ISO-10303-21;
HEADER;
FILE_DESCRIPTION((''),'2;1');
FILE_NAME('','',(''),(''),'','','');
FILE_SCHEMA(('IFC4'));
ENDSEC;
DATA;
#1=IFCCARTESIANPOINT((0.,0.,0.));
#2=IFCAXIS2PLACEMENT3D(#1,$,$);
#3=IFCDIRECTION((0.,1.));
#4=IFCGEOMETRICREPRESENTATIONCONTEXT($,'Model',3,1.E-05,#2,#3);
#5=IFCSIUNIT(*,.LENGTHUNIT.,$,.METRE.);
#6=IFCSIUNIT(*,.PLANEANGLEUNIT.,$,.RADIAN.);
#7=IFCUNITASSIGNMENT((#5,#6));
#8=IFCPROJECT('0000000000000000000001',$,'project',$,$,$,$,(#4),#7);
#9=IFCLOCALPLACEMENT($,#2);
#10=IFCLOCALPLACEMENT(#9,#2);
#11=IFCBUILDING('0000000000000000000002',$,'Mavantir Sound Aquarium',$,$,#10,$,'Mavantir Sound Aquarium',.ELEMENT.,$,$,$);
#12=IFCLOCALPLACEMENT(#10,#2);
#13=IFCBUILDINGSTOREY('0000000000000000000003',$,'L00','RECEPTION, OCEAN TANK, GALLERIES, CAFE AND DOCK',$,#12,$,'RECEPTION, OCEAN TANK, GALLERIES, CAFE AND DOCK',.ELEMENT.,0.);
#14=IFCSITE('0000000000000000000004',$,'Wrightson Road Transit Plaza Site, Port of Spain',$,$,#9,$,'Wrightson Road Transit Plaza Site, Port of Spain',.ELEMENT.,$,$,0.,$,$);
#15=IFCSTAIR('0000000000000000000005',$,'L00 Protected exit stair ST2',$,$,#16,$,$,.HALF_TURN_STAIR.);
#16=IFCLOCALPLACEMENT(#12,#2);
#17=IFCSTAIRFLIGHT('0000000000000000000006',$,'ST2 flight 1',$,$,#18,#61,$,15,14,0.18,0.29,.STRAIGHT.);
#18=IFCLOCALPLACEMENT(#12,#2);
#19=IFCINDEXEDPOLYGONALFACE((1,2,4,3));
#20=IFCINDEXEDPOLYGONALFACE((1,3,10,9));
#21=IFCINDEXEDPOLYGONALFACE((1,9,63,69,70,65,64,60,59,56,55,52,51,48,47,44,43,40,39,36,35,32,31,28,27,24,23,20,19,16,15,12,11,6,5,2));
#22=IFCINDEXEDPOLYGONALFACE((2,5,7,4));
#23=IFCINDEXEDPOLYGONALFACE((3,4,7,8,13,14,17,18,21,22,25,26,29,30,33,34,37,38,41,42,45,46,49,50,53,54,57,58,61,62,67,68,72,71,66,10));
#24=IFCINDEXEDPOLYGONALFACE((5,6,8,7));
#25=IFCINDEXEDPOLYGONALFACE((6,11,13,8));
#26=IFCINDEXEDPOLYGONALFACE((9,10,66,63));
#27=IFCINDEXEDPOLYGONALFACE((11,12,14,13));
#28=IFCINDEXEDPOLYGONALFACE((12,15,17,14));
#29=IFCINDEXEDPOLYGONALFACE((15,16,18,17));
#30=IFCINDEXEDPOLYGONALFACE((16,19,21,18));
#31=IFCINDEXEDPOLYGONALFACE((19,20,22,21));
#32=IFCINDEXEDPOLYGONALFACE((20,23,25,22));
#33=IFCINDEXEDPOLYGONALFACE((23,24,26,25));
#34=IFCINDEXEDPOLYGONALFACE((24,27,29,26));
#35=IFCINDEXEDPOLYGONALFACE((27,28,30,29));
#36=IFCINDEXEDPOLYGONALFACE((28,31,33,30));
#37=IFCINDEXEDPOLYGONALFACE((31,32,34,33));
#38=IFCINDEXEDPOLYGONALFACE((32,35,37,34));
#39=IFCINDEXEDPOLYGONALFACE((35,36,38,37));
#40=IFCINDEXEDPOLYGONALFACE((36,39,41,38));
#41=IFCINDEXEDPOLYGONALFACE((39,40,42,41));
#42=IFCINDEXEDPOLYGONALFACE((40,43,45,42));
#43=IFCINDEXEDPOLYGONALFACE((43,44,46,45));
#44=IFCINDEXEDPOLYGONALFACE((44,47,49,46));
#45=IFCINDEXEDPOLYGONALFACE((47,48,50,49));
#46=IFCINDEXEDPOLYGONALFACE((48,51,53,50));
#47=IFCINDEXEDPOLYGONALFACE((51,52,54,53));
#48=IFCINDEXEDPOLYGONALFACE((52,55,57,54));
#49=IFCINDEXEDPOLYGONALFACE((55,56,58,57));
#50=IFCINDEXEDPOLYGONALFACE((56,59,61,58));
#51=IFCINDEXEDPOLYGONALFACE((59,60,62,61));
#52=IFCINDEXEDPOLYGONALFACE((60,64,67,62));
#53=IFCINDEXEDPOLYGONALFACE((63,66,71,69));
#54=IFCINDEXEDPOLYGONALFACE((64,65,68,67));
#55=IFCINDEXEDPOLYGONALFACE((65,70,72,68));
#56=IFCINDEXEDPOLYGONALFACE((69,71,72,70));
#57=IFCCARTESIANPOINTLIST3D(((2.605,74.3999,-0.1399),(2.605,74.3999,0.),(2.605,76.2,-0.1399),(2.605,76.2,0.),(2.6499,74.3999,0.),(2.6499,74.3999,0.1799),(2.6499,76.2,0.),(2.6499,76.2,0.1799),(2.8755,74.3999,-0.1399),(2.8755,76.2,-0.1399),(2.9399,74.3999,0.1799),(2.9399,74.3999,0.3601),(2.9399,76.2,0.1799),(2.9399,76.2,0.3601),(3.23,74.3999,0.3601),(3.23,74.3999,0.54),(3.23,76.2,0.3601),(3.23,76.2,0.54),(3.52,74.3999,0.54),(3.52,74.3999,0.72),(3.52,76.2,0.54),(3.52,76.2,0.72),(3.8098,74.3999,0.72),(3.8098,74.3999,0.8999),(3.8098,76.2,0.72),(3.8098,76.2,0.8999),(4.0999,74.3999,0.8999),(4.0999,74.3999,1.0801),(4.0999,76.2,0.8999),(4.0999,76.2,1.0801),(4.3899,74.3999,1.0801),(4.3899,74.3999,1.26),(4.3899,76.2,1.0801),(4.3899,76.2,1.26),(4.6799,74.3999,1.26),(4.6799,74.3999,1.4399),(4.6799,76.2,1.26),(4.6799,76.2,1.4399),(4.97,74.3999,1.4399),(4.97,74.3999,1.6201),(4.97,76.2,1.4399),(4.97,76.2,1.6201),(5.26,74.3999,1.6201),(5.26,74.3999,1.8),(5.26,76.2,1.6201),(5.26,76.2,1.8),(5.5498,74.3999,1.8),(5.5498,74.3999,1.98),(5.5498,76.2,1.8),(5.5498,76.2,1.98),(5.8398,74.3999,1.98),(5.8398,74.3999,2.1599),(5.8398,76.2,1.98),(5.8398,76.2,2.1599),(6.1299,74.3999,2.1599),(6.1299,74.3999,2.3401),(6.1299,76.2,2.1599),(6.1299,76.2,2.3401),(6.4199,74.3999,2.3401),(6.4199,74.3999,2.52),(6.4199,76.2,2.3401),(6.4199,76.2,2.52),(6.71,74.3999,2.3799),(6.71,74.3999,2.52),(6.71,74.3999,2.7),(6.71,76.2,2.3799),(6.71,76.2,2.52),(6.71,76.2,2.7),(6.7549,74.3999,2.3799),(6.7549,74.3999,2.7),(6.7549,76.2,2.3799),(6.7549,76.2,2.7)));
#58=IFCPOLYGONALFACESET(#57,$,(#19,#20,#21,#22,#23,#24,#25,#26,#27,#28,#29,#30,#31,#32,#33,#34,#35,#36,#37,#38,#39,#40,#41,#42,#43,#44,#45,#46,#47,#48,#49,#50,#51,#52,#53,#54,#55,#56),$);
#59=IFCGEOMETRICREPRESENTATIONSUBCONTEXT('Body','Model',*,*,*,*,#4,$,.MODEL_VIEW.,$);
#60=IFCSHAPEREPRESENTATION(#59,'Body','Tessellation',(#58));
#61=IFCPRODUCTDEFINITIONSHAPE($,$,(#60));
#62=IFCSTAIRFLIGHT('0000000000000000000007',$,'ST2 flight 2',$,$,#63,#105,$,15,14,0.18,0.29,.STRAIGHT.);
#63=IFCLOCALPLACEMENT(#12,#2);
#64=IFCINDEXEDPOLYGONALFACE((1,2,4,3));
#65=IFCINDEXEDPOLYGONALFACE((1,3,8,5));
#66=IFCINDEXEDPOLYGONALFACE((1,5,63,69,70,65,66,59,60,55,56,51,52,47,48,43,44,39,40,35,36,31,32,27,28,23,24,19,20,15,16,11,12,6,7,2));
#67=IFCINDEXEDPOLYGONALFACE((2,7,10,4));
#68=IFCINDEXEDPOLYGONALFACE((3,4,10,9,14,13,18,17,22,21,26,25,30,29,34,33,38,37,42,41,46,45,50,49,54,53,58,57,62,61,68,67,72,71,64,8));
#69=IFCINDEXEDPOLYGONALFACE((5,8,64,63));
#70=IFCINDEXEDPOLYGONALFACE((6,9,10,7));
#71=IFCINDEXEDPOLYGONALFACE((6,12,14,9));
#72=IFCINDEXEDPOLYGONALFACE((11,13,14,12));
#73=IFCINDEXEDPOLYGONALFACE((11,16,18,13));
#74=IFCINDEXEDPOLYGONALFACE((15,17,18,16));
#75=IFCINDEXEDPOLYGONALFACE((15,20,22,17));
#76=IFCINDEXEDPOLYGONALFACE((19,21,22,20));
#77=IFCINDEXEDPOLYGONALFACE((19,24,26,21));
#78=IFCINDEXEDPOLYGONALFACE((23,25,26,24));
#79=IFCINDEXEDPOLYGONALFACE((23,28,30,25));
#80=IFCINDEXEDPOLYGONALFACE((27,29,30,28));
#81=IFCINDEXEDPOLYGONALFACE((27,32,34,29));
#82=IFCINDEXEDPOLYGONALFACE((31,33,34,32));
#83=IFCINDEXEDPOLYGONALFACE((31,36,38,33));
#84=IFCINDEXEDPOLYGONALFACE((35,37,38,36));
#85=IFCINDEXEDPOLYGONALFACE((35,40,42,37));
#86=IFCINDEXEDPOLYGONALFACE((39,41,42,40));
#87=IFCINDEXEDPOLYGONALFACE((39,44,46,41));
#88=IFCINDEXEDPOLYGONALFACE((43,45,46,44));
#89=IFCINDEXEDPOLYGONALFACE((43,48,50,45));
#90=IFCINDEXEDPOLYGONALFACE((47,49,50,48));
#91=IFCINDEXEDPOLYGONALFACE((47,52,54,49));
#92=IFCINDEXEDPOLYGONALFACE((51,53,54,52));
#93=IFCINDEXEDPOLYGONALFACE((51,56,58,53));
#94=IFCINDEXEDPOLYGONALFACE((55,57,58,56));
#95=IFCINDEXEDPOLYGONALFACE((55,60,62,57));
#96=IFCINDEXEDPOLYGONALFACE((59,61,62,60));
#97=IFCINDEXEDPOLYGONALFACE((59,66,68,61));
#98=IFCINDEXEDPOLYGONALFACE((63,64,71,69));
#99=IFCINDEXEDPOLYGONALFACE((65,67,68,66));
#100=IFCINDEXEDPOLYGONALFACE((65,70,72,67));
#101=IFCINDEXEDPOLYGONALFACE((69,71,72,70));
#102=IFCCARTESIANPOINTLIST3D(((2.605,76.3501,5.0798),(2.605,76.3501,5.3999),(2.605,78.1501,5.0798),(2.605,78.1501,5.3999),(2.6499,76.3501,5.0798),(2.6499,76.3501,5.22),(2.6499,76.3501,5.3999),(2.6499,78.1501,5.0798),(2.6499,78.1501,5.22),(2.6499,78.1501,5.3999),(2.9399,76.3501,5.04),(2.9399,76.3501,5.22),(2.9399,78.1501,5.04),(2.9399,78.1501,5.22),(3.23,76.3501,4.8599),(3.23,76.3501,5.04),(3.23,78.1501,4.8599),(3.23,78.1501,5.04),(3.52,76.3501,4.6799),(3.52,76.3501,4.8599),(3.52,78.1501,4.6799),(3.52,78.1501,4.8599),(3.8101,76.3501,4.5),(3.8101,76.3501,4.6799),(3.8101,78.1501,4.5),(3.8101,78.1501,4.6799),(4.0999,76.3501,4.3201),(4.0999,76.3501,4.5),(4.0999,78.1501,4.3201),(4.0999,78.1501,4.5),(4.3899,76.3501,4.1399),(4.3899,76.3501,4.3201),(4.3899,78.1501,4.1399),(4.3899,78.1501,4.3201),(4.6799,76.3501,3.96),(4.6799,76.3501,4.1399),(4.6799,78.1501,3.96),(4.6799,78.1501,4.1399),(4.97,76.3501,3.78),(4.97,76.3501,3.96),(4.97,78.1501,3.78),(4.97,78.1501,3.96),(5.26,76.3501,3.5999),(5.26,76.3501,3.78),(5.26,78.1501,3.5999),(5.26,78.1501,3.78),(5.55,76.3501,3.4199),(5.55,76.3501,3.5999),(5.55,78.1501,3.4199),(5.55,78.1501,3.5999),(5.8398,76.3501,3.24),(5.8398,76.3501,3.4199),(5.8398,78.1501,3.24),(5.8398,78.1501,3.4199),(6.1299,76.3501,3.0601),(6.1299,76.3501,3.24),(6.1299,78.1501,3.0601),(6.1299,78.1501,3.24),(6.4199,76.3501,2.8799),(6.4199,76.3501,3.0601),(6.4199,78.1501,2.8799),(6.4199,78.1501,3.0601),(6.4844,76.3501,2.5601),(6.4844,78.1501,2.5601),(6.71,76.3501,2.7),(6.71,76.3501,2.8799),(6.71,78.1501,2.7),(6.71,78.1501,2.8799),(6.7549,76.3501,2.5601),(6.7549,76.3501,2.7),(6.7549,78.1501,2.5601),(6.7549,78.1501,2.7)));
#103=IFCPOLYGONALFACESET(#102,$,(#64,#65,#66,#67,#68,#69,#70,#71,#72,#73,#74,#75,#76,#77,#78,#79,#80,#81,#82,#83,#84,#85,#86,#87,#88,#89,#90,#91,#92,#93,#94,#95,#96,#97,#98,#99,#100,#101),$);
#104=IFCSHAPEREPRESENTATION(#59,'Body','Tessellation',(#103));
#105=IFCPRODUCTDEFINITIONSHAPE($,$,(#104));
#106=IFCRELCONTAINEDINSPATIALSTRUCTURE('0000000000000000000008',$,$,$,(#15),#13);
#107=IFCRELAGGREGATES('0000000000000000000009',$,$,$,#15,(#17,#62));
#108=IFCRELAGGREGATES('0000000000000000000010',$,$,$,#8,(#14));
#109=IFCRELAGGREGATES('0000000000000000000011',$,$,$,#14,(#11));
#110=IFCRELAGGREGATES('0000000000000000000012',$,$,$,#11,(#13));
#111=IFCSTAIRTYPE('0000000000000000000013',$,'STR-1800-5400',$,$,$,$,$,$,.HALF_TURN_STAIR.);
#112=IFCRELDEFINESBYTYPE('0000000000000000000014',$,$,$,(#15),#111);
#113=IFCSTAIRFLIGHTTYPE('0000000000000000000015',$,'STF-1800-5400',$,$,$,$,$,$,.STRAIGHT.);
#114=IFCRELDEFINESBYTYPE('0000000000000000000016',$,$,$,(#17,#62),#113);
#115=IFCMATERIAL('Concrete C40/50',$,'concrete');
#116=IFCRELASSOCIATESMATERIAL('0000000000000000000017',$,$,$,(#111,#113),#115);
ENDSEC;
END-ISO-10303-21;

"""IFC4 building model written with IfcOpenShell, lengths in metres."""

from ifc_helpers import new_model, si_unit, direction, frame, origin, place, context, subcontext, project, spatial, polyline, outline, extrude, material, type_object, element, aggregate, save


model = new_model("IFC4")

# Units and contexts
model_context = context("Model", 3, precision=1e-05, world=origin(), true_north=direction((0.0, 1.0)))
body_context = subcontext(model_context, "Body", "Model", "MODEL_VIEW")
ifc_project = project(units=[si_unit("LENGTHUNIT", "METRE"), si_unit("PLANEANGLEUNIT", "RADIAN")], contexts=[model_context])

# Site, building, storey
site_placement = place(None, origin())
site = spatial("IfcSite", under=ifc_project, at=site_placement, Name="Wrightson Road Transit Plaza Site, Port of Spain", LongName="Wrightson Road Transit Plaza Site, Port of Spain", CompositionType="ELEMENT", RefElevation=0.0)
building_placement = place(site_placement, origin())
building = spatial("IfcBuilding", under=site, at=building_placement, Name="Mavantir Sound Aquarium", LongName="Mavantir Sound Aquarium", CompositionType="ELEMENT")
storey_placement = place(building_placement, origin())
storey = spatial("IfcBuildingStorey", under=building, at=storey_placement, Name="L00", Description="RECEPTION, OCEAN TANK, GALLERIES, CAFE AND DOCK", LongName="RECEPTION, OCEAN TANK, GALLERIES, CAFE AND DOCK", CompositionType="ELEMENT", Elevation=0.0)

# Shared definitions
ifc_material_1 = material(Name="Concrete C40/50", Category="concrete")

# Stair, stair flights
stair_type = type_object("IfcStairType", Name="STR-1800-5400", PredefinedType="HALF_TURN_STAIR", material=ifc_material_1)
stair_placement = place(storey_placement, origin())
stair = element("IfcStair", 1, at=stair_placement, inside=storey, type_object=stair_type, Name="L00 Protected exit stair ST2", PredefinedType="HALF_TURN_STAIR")
stair_flight_type = type_object("IfcStairFlightType", Name="STF-1800-5400", PredefinedType="STRAIGHT", material=ifc_material_1)
stair_flight_1_placement = place(storey_placement, frame((2.6499, 75.3, 0.0), z_axis=(0.0, 0.0, 1.0), x_axis=(1.0, 0.0, 0.0)))
stair_flight_1 = element("IfcStairFlight", 2, at=stair_flight_1_placement, type_object=stair_flight_type, Name="ST2 flight 1", NumberOfRisers=15, NumberOfTreads=14, PredefinedType="STRAIGHT", RiserHeight=0.18, TreadLength=0.29, context=body_context, shape_type="SweptSolid", body=[
    extrude(outline(polyline([(-0.0449, -0.1399), (-0.0449, 0.0), (0.0, 0.0), (0.0, 0.1799), (0.29, 0.1799), (0.29, 0.3601), (0.5801, 0.3601), (0.5801, 0.54), (0.8701, 0.54), (0.8701, 0.72), (1.1599, 0.72), (1.1599, 0.8999), (1.45, 0.8999), (1.45, 1.0801), (1.74, 1.0801), (1.74, 1.26), (2.03, 1.26), (2.03, 1.4399), (2.3201, 1.4399), (2.3201, 1.6201), (2.6101, 1.6201), (2.6101, 1.8), (2.8999, 1.8), (2.8999, 1.98), (3.1899, 1.98), (3.1899, 2.1599), (3.48, 2.1599), (3.48, 2.3401), (3.77, 2.3401), (3.77, 2.52), (4.0601, 2.52), (4.0601, 2.7), (4.105, 2.7), (4.105, 2.3799), (4.0601, 2.3799), (0.2256, -0.1399), (-0.0449, -0.1399)])), frame((0.0, 0.8999, 0.0), z_axis=(0.0, -1.0, 0.0), x_axis=(1.0, 0.0, 0.0)), (0.0, 0.0, 1.0), 1.8),
])
stair_flight_2_placement = place(storey_placement, frame((6.71, 77.25, 2.7), z_axis=(0.0, 0.0, 1.0), x_axis=(-1.0, 0.0, 0.0)))
stair_flight_2 = element("IfcStairFlight", 3, at=stair_flight_2_placement, type_object=stair_flight_type, Name="ST2 flight 2", NumberOfRisers=15, NumberOfTreads=14, PredefinedType="STRAIGHT", RiserHeight=0.18, TreadLength=0.29, context=body_context, shape_type="SweptSolid", body=[
    extrude(outline(polyline([(-0.0449, -0.1399), (-0.0449, 0.0), (0.0, 0.0), (0.0, 0.1799), (0.29, 0.1799), (0.29, 0.3601), (0.5801, 0.3601), (0.5801, 0.54), (0.8701, 0.54), (0.8701, 0.72), (1.1599, 0.72), (1.1599, 0.8999), (1.45, 0.8999), (1.45, 1.0801), (1.74, 1.0801), (1.74, 1.26), (2.03, 1.26), (2.03, 1.4399), (2.3201, 1.4399), (2.3201, 1.6201), (2.6101, 1.6201), (2.6101, 1.8), (2.8999, 1.8), (2.8999, 1.98), (3.1899, 1.98), (3.1899, 2.1599), (3.48, 2.1599), (3.48, 2.3401), (3.77, 2.3401), (3.77, 2.52), (4.0601, 2.52), (4.0601, 2.7), (4.105, 2.7), (4.105, 2.3799), (4.0601, 2.3799), (0.2256, -0.1399), (-0.0449, -0.1399)])), frame((0.0, 0.8999, 0.0), z_axis=(0.0, -1.0, 0.0), x_axis=(1.0, 0.0, 0.0)), (0.0, 0.0, 1.0), 1.8),
])
aggregate(stair, [stair_flight_1, stair_flight_2])

save(model, "model.ifc")
